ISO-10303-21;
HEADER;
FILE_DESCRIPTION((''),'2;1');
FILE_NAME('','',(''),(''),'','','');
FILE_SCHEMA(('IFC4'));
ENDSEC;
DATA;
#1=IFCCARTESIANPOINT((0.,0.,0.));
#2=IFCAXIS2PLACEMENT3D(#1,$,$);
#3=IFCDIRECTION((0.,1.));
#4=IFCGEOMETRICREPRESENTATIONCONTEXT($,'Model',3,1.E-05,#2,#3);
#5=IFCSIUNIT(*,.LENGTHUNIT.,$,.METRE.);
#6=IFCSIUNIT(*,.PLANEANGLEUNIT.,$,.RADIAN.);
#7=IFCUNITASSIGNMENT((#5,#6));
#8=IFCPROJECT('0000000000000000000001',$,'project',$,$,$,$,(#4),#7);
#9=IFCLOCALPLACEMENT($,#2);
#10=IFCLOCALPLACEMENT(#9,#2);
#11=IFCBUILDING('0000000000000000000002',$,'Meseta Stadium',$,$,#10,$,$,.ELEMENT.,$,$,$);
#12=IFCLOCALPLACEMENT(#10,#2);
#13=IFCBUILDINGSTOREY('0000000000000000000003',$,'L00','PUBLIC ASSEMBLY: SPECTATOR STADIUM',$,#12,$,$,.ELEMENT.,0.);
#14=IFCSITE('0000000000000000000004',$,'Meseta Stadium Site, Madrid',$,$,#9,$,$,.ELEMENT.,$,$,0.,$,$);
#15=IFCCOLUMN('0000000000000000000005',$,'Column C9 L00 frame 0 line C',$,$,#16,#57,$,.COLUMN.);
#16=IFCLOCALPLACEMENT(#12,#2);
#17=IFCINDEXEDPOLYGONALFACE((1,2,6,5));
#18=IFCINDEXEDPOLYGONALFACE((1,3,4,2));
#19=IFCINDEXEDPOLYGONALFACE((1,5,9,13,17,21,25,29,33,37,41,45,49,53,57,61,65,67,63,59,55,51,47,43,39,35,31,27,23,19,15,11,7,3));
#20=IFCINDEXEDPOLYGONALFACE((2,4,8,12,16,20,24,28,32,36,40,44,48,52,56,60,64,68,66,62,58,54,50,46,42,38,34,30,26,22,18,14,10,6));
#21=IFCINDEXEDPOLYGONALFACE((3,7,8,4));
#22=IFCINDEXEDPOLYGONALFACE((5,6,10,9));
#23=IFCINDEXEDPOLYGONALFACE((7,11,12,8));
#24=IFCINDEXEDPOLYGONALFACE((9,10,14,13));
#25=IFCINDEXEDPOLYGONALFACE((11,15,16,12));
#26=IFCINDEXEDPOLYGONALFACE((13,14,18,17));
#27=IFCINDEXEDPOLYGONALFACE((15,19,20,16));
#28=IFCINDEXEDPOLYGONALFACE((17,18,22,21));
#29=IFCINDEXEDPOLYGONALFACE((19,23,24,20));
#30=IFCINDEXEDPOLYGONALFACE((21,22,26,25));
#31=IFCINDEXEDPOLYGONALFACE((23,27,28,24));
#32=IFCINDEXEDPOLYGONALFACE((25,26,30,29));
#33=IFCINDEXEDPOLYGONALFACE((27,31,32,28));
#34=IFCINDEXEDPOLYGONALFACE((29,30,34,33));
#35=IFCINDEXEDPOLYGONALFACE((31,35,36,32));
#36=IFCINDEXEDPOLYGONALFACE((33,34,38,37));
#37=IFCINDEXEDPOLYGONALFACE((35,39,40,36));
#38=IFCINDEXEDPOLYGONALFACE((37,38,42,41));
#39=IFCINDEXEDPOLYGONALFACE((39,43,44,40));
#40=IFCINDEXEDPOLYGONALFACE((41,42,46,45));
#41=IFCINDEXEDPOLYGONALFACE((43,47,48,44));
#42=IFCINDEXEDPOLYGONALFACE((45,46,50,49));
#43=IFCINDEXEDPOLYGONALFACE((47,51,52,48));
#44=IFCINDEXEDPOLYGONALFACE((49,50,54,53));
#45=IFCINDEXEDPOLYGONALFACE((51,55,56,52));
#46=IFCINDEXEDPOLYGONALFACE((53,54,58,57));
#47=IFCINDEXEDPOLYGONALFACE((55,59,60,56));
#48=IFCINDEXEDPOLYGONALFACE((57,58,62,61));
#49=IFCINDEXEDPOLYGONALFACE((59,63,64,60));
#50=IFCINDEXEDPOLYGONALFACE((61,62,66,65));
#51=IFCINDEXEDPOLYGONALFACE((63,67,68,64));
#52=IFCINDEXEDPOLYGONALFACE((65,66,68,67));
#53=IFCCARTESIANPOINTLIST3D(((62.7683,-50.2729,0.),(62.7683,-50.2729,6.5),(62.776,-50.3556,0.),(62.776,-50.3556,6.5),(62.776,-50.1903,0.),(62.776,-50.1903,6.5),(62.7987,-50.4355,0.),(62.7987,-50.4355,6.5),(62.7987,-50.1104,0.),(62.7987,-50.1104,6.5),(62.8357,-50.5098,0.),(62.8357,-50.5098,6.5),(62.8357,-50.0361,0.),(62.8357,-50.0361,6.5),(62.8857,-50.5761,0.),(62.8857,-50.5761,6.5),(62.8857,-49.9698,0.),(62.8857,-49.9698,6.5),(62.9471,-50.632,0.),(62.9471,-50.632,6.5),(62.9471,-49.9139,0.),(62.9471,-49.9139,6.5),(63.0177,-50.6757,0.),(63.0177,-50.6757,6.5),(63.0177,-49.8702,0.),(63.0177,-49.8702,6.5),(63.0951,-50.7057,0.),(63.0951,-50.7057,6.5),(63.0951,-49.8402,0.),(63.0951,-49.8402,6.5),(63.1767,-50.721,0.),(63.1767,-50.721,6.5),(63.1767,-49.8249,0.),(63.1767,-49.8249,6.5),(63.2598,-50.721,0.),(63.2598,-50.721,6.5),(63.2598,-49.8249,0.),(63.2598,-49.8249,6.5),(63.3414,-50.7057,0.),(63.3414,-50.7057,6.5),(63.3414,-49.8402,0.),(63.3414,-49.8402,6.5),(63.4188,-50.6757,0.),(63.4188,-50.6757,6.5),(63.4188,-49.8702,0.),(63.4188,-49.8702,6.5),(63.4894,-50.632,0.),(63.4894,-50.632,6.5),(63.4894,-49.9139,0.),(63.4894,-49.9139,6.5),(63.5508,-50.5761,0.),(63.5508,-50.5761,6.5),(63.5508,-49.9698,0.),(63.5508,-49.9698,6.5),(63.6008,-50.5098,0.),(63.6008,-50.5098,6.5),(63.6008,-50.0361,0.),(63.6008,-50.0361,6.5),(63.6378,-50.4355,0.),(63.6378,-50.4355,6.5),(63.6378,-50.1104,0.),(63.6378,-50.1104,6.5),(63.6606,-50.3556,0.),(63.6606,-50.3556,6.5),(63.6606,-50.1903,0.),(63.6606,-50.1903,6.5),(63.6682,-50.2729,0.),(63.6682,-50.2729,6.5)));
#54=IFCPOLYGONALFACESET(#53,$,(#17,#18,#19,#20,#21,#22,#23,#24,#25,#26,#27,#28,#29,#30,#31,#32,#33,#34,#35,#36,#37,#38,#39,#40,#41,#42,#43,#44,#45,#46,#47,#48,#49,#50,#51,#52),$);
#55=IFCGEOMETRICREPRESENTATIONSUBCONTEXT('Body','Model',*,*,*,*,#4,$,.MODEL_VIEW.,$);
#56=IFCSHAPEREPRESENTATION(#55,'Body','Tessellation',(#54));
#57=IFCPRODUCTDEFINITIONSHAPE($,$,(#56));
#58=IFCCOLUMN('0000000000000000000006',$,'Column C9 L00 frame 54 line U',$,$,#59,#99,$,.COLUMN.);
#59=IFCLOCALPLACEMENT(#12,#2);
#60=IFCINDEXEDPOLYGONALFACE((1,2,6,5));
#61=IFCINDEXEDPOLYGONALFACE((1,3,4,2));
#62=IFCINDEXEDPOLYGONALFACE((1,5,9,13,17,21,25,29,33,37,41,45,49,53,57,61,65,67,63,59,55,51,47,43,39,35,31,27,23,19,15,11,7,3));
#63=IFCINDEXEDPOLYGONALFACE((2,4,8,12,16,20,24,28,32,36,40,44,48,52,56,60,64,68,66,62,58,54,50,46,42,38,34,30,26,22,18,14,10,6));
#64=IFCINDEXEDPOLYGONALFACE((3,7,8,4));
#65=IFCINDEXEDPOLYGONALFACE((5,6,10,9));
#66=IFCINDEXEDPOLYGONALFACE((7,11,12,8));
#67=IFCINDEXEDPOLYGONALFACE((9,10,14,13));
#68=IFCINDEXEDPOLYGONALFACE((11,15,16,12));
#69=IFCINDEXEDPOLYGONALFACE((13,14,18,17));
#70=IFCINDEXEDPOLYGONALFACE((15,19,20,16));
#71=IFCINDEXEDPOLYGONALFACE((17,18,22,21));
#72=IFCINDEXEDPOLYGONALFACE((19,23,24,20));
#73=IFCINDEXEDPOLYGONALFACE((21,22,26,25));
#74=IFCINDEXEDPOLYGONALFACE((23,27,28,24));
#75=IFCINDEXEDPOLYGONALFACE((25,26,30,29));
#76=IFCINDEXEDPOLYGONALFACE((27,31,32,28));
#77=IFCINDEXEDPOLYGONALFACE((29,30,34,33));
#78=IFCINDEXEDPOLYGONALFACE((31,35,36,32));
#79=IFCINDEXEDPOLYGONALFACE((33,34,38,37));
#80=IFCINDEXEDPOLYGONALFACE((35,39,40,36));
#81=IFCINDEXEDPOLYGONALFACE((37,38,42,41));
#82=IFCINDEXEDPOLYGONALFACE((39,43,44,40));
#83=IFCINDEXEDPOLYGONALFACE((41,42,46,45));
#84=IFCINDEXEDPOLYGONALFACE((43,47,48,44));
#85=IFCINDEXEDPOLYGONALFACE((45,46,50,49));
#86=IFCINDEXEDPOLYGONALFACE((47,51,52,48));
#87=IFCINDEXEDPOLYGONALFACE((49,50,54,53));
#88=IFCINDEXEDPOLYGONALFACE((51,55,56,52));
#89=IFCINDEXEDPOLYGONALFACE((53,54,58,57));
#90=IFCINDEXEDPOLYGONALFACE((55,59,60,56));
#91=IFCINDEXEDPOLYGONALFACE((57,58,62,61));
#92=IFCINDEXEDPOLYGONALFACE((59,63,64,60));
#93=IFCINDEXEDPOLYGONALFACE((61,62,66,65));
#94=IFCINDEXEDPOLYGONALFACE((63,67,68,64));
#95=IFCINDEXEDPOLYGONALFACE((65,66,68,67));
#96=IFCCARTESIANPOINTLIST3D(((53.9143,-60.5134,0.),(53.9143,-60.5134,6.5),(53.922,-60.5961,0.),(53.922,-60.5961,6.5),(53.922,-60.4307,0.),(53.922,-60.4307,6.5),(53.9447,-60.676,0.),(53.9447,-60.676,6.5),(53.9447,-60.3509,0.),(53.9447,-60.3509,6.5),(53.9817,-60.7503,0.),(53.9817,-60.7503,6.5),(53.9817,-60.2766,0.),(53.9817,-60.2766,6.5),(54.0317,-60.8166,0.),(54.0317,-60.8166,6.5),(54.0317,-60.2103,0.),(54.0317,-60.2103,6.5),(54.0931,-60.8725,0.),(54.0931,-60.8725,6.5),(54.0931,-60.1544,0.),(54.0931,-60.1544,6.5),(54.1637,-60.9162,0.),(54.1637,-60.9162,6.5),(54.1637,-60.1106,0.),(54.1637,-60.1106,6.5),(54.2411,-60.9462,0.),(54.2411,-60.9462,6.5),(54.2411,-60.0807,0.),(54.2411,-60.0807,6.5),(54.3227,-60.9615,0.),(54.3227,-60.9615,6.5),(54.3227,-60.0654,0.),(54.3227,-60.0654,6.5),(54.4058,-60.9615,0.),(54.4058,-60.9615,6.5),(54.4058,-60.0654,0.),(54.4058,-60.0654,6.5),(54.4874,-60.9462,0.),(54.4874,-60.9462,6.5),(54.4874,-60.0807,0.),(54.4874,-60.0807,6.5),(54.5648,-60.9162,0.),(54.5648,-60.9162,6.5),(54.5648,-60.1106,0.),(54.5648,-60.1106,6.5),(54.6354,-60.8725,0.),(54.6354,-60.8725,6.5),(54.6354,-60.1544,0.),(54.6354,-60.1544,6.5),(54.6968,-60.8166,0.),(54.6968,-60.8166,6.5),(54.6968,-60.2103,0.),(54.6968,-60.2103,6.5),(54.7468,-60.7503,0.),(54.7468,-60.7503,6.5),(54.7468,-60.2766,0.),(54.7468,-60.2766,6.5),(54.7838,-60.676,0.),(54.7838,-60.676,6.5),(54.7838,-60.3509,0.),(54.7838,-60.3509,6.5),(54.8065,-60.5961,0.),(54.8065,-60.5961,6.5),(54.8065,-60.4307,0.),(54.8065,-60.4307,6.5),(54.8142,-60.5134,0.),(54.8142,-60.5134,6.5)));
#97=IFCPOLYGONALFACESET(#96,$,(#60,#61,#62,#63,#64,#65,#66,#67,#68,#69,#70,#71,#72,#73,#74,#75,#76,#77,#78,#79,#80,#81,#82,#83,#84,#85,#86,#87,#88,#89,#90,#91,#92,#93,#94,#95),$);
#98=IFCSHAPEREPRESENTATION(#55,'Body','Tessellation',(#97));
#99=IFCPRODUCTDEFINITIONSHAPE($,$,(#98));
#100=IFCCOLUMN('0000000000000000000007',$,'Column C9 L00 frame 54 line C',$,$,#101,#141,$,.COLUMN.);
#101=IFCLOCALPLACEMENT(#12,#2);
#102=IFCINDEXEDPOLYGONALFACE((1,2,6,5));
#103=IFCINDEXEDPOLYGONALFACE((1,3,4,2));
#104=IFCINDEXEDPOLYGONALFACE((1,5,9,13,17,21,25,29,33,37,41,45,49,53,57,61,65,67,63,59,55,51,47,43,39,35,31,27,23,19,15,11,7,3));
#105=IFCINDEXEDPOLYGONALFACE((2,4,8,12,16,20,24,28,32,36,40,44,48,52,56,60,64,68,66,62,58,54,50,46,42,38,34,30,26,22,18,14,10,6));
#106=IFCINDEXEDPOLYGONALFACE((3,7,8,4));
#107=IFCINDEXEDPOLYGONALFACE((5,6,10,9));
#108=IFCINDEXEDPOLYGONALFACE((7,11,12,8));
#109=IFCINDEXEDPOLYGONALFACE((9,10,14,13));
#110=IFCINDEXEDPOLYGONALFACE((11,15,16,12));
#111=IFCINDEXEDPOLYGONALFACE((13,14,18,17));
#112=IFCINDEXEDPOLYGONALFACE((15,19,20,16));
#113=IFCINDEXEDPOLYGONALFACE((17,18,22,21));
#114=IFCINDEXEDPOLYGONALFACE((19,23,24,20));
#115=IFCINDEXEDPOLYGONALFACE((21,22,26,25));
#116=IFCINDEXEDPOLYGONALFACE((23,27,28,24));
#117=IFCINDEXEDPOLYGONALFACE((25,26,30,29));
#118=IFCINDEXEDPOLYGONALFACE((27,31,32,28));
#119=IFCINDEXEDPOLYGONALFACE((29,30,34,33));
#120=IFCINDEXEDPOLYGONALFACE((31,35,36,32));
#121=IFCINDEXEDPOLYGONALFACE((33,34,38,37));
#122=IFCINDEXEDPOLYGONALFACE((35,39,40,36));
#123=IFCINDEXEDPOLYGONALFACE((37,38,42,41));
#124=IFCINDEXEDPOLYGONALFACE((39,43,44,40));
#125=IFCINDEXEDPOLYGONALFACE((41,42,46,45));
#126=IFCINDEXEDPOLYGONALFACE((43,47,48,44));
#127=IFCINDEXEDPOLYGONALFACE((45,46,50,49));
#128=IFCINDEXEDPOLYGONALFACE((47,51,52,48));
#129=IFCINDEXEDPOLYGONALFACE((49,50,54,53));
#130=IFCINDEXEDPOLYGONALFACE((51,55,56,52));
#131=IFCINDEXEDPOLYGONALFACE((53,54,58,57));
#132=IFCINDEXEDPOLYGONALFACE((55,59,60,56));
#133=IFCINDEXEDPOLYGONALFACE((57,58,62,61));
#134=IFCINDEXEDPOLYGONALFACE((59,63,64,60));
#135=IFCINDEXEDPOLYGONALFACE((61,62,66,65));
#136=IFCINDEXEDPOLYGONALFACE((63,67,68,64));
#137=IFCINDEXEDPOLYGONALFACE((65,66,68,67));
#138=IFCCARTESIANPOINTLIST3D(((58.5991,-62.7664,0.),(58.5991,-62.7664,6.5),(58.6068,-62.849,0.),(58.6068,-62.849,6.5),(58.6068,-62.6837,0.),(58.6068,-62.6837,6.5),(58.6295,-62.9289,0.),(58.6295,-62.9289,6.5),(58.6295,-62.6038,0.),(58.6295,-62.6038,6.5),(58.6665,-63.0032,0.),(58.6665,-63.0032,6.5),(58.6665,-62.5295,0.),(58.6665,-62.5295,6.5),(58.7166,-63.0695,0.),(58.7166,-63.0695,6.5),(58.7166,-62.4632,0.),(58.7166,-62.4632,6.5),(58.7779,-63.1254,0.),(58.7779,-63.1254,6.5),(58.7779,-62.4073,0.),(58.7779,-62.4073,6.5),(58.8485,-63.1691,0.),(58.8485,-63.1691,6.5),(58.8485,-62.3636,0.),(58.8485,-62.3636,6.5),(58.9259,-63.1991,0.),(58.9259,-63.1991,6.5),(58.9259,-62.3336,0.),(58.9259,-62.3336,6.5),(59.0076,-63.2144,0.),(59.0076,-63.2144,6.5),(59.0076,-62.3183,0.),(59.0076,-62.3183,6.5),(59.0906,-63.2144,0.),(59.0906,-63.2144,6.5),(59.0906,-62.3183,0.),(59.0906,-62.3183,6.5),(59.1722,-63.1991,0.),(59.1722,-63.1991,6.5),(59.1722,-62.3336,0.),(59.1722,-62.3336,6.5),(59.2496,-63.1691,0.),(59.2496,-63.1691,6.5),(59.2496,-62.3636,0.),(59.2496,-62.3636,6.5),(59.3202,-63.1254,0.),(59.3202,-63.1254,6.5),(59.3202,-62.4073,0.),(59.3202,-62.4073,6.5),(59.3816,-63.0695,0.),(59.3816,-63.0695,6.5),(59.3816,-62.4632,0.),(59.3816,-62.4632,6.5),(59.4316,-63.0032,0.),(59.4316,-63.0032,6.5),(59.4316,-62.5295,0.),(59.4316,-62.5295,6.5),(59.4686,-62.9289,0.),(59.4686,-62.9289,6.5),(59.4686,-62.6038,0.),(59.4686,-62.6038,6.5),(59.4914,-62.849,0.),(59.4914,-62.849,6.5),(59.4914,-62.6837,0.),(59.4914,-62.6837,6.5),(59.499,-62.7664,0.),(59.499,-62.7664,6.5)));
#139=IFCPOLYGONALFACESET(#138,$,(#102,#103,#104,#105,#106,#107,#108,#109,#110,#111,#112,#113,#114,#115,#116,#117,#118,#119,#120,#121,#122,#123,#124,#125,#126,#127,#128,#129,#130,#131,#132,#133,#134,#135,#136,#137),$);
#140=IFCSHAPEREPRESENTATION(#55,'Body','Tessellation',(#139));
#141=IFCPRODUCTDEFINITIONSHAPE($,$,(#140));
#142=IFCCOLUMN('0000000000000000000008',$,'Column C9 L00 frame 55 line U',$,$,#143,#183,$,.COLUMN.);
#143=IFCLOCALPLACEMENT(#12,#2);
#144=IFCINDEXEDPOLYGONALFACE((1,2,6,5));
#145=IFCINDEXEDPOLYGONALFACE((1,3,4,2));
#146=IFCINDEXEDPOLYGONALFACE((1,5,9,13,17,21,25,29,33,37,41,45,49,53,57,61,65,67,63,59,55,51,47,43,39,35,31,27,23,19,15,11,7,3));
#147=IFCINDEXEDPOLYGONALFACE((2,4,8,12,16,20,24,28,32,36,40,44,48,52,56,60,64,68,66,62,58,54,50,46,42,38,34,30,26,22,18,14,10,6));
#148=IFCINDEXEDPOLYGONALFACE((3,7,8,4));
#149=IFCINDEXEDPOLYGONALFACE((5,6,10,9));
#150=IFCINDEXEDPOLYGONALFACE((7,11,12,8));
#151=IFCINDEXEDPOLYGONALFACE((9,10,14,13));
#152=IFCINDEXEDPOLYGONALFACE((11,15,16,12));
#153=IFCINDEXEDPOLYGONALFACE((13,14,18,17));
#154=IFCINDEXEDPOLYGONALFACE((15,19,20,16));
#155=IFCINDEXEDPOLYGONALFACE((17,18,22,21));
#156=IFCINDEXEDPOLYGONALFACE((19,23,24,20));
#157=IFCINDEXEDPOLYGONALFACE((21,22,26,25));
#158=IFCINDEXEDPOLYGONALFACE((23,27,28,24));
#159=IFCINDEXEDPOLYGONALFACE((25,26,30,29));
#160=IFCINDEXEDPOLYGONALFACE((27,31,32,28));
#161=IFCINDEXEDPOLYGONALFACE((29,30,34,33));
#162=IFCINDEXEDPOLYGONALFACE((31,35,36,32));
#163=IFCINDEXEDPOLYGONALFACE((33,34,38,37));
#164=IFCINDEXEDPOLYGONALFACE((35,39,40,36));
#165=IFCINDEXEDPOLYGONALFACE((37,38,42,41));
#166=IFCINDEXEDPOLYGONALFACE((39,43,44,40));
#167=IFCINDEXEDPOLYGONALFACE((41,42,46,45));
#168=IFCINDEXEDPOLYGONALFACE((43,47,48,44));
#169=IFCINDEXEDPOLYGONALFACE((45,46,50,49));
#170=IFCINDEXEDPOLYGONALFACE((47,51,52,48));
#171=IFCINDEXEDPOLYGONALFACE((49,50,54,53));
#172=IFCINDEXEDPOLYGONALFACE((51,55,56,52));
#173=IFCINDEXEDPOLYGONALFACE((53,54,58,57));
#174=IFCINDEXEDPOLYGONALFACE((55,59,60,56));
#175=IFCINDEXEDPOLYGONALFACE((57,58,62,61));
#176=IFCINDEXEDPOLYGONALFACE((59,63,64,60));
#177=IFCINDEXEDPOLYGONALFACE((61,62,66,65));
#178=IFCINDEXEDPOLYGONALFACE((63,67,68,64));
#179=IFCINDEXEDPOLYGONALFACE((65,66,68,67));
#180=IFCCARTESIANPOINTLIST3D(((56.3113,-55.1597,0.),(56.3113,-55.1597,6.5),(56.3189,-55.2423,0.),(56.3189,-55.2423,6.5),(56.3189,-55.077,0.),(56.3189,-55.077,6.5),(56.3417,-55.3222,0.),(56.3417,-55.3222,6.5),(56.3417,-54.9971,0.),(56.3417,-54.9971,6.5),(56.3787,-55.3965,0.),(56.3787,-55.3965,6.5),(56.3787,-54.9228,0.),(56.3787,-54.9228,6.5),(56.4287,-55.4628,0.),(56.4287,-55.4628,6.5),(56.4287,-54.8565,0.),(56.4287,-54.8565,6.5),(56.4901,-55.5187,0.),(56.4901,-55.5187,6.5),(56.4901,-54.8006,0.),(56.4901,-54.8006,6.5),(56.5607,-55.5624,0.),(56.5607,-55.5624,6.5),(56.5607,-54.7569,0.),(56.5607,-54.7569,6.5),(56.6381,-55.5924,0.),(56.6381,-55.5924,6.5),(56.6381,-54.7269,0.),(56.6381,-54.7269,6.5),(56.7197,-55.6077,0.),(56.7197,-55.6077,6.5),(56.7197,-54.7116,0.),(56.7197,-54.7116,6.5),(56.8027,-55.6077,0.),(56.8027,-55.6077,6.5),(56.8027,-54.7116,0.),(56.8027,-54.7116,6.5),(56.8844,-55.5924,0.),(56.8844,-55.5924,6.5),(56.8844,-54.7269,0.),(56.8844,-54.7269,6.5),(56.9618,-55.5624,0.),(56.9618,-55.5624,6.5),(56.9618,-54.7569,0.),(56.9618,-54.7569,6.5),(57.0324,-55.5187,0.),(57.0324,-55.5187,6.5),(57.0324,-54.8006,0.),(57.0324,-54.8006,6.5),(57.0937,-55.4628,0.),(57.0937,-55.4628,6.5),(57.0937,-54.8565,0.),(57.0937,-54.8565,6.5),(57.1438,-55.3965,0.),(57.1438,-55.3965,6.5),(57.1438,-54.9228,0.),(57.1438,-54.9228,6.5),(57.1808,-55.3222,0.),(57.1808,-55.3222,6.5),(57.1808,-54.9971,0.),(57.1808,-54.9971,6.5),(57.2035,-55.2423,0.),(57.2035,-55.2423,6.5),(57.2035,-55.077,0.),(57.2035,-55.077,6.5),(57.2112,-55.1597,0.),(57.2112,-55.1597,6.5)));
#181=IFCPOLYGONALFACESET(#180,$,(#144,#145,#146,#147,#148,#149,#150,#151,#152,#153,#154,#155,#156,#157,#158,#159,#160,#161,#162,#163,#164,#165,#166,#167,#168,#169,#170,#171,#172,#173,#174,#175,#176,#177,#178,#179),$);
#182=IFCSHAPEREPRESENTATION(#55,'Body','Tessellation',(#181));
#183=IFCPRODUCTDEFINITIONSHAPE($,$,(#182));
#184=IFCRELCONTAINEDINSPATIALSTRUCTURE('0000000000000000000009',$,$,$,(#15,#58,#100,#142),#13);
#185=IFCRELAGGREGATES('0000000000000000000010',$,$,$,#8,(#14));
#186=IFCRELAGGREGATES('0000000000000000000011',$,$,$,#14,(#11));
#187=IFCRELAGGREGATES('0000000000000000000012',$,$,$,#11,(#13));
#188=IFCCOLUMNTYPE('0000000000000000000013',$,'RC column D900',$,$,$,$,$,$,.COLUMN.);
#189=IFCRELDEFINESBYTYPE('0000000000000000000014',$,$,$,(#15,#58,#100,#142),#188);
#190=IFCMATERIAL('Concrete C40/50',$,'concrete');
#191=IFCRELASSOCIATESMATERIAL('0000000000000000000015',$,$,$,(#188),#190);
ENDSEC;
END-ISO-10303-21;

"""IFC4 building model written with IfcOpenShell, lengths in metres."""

from ifc_helpers import new_model, si_unit, direction, frame, origin, origin_2d, place, context, subcontext, project, spatial, circle, extrude, material, material_profile, profile_set, type_object, element, save


model = new_model("IFC4")

# Units and contexts
model_context = context("Model", 3, precision=1e-05, world=origin(), true_north=direction((0.0, 1.0)))
body_context = subcontext(model_context, "Body", "Model", "MODEL_VIEW")
ifc_project = project(units=[si_unit("LENGTHUNIT", "METRE"), si_unit("PLANEANGLEUNIT", "RADIAN")], contexts=[model_context])

# Site, building, storey
site_placement = place(None, origin())
site = spatial("IfcSite", under=ifc_project, at=site_placement, Name="Meseta Stadium Site, Madrid", CompositionType="ELEMENT", RefElevation=0.0)
building_placement = place(site_placement, origin())
building = spatial("IfcBuilding", under=site, at=building_placement, Name="Meseta Stadium", CompositionType="ELEMENT")
storey_placement = place(building_placement, origin())
storey = spatial("IfcBuildingStorey", under=building, at=storey_placement, Name="L00", Description="PUBLIC ASSEMBLY: SPECTATOR STADIUM", CompositionType="ELEMENT", Elevation=0.0)

# Columns
ifc_material_1 = material(Name="Concrete C40/50", Category="concrete")
ifc_material_profile_1 = material_profile(ifc_material_1, circle(Radius=0.45, at=origin_2d()), Name="RC D900")
ifc_profile_set_1 = profile_set([ifc_material_profile_1], Name="Concrete C40/50")
column_type_1 = type_object("IfcColumnType", Name="RC column D900", PredefinedType="COLUMN", material=ifc_profile_set_1)
for number, where, z_axis, x_axis, name in (
    (1, (63.2183, -50.2729, 0.0), (0.0, 0.0, 1.0), (1.0, 0.0, 0.0), "Column C9 L00 frame 0 line C"),
    (2, (54.3643, -60.5134, 0.0), (0.0, 0.0, 1.0), (1.0, 0.0, 0.0), "Column C9 L00 frame 54 line U"),
    (3, (59.0491, -62.7664, 0.0), (0.0, 0.0, 1.0), (1.0, 0.0, 0.0), "Column C9 L00 frame 54 line C"),
    (4, (56.7612, -55.1597, 0.0), (0.0, 0.0, 1.0), (1.0, 0.0, 0.0), "Column C9 L00 frame 55 line U"),
):
    element("IfcColumn", number, at=place(storey_placement, frame(where, z_axis=z_axis, x_axis=x_axis)), inside=storey, type_object=column_type_1, Name=name, PredefinedType="COLUMN", context=body_context, shape_type="SweptSolid", body=[
        extrude(circle(Radius=0.45, at=origin_2d()), origin(), (0.0, 0.0, 1.0), 6.5),
    ])

save(model, "model.ifc")
